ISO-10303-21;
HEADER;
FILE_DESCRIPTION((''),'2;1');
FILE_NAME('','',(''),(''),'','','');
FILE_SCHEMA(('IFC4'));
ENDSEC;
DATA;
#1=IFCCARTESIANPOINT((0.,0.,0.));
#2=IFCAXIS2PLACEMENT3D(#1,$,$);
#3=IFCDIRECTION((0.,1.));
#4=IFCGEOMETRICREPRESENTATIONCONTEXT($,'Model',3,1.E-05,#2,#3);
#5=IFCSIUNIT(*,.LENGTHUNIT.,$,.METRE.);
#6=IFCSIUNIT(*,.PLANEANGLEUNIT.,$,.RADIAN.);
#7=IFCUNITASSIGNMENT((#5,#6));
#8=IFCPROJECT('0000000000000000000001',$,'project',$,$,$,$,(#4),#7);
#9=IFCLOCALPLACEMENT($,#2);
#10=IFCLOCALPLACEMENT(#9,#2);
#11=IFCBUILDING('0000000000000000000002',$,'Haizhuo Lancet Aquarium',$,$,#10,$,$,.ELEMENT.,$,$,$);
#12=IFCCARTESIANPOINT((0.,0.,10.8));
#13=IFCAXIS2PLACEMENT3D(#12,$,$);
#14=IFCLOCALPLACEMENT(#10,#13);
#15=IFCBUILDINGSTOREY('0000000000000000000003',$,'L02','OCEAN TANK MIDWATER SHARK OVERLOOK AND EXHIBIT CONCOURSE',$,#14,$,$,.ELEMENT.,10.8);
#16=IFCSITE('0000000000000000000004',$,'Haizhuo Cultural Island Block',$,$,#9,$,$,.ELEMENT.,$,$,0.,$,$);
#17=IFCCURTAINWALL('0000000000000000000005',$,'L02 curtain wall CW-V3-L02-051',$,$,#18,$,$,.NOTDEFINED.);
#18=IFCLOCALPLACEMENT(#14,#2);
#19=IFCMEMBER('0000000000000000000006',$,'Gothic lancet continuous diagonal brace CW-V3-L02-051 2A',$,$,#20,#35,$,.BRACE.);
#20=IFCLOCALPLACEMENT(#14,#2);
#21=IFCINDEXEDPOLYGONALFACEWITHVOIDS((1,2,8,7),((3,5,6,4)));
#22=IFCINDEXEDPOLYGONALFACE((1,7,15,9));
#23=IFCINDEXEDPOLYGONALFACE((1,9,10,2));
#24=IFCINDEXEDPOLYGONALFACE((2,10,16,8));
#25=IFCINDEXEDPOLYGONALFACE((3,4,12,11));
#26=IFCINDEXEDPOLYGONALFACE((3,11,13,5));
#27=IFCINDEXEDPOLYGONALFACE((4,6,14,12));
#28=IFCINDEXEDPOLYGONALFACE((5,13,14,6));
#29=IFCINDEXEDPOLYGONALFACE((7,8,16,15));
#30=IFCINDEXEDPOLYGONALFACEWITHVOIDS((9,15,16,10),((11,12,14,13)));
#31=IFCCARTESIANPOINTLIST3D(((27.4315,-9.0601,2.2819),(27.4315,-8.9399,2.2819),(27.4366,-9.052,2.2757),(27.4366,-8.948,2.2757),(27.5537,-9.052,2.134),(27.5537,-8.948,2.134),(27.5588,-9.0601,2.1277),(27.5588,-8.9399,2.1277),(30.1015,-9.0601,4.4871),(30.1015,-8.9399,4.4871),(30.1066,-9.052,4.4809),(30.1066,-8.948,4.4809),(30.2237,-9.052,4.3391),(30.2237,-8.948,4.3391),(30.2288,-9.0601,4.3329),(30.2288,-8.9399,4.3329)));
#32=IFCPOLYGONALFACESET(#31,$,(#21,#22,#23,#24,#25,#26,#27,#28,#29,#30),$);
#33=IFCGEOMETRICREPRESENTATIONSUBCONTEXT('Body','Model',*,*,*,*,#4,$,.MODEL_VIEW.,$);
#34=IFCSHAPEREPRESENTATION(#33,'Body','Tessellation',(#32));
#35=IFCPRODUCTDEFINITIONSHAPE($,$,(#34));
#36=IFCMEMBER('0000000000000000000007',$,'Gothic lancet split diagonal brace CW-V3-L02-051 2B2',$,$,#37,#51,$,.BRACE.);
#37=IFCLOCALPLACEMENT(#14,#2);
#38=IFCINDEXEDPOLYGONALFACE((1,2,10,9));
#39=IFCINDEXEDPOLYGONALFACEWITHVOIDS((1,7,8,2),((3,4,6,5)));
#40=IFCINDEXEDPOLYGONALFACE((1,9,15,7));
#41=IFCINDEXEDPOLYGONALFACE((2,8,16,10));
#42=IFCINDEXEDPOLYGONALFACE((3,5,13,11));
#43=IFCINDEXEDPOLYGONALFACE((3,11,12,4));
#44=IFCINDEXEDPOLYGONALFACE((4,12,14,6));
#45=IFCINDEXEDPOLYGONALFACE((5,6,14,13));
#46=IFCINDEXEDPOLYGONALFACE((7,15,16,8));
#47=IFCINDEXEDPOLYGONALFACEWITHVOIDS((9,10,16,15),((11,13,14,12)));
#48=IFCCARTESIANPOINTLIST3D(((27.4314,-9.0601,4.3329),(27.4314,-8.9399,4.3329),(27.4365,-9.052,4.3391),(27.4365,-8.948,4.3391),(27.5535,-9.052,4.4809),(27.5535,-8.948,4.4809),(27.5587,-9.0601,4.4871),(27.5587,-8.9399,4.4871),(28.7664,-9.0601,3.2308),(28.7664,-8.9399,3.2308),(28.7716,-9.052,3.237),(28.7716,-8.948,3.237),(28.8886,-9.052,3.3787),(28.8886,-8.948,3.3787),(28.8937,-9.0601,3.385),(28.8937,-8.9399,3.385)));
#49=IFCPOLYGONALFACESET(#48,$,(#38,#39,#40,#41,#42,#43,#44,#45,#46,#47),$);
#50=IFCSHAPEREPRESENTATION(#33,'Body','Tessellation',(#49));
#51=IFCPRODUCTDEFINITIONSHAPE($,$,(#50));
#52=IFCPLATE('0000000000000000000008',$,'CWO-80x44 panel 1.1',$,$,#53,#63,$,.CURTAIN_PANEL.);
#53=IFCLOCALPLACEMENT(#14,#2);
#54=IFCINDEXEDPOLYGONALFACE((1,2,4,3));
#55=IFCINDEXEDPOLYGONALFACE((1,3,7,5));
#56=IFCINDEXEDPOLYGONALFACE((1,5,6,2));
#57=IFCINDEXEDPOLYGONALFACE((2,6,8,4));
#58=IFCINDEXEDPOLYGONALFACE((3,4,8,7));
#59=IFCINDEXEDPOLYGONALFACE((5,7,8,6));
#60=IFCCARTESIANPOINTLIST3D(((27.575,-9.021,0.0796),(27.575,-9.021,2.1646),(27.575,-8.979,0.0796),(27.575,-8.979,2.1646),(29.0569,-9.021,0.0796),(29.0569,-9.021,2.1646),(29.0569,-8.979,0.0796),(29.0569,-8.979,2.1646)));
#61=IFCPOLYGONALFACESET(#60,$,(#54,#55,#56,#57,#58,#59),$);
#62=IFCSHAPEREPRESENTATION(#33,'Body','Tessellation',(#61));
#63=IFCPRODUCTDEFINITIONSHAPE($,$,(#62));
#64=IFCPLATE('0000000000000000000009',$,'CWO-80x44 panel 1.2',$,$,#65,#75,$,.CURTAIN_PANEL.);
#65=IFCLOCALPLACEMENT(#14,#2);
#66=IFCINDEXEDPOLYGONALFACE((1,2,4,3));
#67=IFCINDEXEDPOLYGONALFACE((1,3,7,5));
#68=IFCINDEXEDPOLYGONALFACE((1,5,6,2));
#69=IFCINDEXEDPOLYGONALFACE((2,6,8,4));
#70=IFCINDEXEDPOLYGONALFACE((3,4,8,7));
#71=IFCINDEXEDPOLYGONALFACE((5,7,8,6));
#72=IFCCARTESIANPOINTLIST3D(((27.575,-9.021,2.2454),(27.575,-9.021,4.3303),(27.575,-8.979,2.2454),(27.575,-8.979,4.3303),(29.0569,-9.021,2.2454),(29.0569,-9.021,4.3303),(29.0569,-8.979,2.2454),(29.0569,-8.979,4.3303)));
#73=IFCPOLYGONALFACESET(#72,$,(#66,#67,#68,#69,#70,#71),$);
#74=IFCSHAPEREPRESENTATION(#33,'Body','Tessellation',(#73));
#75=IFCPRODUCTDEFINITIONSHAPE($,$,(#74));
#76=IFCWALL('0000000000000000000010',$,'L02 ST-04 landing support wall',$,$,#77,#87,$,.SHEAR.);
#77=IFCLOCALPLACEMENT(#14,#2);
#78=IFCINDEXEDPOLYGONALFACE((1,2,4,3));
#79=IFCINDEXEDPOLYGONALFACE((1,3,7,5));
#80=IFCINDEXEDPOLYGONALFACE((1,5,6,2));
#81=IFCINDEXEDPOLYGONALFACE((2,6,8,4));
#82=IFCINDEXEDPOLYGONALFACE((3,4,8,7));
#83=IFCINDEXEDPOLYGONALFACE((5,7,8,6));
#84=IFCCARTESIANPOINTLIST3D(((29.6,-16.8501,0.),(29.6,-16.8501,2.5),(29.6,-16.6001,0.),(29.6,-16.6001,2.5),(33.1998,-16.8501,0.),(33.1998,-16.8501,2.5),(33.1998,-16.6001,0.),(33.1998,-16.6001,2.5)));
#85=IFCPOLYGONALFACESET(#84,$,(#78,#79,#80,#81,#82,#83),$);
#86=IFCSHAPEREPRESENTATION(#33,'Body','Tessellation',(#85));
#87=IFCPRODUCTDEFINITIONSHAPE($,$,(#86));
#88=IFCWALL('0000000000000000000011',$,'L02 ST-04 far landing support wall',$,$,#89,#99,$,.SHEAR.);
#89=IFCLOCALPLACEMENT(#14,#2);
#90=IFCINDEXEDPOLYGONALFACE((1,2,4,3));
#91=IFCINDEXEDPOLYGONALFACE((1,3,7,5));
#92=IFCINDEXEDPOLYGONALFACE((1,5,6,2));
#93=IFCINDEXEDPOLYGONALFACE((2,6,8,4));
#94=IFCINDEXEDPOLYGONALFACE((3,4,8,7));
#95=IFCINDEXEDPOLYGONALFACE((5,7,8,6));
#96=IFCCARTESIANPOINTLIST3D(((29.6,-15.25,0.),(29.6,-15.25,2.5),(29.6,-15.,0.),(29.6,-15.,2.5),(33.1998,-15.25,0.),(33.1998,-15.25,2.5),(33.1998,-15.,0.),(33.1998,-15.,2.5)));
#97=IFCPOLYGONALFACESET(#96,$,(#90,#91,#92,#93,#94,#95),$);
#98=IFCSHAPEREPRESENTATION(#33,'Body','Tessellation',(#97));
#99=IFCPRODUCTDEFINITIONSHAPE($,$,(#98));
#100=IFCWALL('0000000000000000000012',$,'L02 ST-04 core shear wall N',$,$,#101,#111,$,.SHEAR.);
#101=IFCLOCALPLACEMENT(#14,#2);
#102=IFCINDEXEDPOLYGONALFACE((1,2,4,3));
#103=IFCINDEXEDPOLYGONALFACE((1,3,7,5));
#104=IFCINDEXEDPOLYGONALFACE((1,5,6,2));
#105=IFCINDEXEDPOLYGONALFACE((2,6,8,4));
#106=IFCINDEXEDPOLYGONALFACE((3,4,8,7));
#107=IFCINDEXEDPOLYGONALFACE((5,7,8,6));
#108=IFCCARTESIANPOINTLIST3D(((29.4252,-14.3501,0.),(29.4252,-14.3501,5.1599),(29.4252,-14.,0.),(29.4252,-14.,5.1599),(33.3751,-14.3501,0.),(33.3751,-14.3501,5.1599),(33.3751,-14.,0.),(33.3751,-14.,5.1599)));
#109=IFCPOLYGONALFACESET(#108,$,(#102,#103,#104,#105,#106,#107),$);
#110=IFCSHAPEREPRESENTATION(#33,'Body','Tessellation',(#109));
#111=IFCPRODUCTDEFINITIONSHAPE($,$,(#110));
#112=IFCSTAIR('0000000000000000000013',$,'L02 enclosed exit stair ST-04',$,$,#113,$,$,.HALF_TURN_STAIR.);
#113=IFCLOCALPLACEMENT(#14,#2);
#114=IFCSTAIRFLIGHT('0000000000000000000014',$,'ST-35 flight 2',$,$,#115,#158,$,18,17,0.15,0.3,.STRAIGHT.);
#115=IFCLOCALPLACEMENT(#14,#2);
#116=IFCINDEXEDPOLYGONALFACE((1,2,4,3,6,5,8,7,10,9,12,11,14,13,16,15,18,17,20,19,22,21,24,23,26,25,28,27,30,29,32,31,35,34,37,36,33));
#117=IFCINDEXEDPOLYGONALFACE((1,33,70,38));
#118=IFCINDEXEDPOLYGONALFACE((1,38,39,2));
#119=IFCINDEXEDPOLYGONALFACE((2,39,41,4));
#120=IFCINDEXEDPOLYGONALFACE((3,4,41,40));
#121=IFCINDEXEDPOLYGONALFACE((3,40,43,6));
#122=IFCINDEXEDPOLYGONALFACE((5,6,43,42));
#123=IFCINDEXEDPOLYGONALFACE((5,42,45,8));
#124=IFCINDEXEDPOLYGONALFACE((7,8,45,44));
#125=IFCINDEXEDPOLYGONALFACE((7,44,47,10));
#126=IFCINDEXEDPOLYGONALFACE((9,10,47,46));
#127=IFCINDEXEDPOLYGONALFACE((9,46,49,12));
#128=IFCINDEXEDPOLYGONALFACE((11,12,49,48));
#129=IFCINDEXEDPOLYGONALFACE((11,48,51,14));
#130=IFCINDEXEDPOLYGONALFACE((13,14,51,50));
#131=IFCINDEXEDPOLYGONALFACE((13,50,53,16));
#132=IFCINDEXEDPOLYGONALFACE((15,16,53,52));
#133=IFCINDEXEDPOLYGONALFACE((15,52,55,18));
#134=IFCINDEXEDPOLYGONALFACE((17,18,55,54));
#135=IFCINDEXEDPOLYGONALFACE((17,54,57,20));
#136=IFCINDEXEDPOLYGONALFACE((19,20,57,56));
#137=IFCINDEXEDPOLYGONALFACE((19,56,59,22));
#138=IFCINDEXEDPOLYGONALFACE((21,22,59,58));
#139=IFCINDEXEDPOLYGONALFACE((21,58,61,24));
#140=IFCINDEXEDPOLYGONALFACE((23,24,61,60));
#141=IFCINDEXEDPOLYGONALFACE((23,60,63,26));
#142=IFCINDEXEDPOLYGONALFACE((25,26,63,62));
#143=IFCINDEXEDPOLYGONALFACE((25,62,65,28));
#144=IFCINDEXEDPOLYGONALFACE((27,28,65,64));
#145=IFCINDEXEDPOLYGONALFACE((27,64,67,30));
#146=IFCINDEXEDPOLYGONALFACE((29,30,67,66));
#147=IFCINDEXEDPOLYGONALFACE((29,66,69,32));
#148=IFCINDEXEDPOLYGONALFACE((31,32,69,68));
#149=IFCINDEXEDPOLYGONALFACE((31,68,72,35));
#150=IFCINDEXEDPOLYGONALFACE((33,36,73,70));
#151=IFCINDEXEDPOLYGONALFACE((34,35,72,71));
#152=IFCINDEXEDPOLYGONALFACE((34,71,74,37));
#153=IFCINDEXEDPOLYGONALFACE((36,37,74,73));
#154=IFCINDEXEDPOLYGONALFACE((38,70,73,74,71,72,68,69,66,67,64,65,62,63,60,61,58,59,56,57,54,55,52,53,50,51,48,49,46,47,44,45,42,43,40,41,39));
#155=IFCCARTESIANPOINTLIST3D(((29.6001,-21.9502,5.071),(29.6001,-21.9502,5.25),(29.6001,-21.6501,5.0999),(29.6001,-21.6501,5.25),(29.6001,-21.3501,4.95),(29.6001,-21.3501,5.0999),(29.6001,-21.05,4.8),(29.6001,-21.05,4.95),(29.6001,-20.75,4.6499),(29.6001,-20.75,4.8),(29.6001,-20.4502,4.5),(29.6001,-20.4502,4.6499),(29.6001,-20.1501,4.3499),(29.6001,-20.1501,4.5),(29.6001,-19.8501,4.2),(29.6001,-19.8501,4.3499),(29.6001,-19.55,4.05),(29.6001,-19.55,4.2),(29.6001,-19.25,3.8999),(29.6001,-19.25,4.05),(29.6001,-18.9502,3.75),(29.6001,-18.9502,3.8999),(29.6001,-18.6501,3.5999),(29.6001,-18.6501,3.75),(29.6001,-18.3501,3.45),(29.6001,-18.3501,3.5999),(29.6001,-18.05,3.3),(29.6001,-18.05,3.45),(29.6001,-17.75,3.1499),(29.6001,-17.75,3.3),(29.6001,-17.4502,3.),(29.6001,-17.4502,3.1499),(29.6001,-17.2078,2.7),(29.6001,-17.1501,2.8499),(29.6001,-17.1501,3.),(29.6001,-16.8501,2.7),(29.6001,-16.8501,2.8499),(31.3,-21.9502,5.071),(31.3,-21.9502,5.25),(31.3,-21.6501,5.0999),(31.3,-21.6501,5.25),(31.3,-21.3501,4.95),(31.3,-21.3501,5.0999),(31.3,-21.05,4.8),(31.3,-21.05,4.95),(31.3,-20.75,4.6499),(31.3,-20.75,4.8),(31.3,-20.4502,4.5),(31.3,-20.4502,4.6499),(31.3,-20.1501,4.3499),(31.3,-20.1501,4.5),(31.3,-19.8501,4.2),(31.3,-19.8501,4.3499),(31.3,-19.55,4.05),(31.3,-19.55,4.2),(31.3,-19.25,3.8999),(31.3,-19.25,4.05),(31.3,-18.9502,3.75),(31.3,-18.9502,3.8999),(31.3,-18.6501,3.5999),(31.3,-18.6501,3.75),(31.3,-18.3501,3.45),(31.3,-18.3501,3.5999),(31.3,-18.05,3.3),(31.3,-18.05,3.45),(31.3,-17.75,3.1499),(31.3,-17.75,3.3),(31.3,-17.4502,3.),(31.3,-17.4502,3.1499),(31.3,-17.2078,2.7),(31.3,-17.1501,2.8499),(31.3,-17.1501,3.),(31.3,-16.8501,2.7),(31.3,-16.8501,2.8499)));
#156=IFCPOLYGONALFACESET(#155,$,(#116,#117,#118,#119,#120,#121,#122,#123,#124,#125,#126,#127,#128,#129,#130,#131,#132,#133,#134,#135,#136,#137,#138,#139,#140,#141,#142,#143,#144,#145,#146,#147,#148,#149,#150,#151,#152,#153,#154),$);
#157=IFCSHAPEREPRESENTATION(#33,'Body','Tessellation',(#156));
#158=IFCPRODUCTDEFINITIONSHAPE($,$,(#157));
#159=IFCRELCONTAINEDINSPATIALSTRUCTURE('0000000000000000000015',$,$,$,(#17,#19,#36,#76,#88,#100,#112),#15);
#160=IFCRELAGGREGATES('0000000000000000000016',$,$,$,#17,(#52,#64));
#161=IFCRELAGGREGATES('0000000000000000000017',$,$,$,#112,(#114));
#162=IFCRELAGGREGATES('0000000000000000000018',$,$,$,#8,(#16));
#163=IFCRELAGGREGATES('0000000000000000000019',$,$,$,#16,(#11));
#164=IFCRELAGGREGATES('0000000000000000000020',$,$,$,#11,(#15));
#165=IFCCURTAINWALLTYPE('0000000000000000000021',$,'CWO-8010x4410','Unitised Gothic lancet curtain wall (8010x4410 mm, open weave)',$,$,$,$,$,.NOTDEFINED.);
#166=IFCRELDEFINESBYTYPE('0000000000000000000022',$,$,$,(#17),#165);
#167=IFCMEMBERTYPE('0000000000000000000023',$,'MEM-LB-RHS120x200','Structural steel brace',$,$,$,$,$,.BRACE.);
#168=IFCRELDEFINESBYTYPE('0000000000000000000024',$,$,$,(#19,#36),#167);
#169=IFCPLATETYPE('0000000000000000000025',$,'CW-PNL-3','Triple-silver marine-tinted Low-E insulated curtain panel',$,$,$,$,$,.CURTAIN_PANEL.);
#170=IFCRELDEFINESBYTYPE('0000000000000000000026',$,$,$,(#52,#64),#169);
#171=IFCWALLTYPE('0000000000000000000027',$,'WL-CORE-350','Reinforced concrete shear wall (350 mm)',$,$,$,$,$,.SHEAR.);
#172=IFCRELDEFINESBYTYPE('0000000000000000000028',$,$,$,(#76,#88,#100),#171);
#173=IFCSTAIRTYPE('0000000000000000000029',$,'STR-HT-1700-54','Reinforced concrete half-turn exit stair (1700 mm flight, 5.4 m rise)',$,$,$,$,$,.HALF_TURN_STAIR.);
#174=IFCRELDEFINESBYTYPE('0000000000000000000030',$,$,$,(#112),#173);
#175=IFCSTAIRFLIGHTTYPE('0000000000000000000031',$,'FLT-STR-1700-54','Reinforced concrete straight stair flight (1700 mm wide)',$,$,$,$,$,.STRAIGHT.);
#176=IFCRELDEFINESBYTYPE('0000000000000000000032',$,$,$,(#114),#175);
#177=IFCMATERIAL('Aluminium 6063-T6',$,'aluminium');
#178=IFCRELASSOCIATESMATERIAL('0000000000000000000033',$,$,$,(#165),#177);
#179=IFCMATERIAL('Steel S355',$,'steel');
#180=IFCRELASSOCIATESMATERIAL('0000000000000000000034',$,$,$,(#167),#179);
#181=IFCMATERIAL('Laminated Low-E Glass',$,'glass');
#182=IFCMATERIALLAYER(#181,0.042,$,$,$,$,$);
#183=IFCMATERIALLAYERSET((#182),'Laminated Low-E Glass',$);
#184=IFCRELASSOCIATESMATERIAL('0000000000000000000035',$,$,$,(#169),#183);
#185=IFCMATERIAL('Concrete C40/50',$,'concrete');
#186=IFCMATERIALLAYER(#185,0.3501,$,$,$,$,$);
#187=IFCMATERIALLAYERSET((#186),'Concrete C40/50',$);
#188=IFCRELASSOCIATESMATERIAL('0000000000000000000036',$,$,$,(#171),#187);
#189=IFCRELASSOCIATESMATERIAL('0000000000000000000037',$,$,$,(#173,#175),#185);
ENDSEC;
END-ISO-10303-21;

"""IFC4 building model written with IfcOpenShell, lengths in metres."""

from ifc_helpers import new_model, si_unit, direction, frame, frame_2d, origin, origin_2d, place, context, subcontext, project, spatial, polyline, rectangle, hollow_rectangle, outline, extrude, material, layer, layer_set, material_profile, profile_set, type_object, element, aggregate, save


model = new_model("IFC4")

# Units and contexts
model_context = context("Model", 3, precision=1e-05, world=origin(), true_north=direction((0.0, 1.0)))
body_context = subcontext(model_context, "Body", "Model", "MODEL_VIEW")
ifc_project = project(units=[si_unit("LENGTHUNIT", "METRE"), si_unit("PLANEANGLEUNIT", "RADIAN")], contexts=[model_context])

# Site, building, storey
site_placement = place(None, origin())
site = spatial("IfcSite", under=ifc_project, at=site_placement, Name="Haizhuo Cultural Island Block", CompositionType="ELEMENT", RefElevation=0.0)
building_placement = place(site_placement, origin())
building = spatial("IfcBuilding", under=site, at=building_placement, Name="Haizhuo Lancet Aquarium", CompositionType="ELEMENT")
storey_placement = place(building_placement, frame((0.0, 0.0, 10.8)))
storey = spatial("IfcBuildingStorey", under=building, at=storey_placement, Name="L02", Description="OCEAN TANK MIDWATER SHARK OVERLOOK AND EXHIBIT CONCOURSE", CompositionType="ELEMENT", Elevation=10.8)

# Shared definitions
ifc_material_1 = material(Name="Concrete C40/50", Category="concrete")

# Curtain wall
ifc_material_2 = material(Name="Aluminium 6063-T6", Category="aluminium")
curtain_wall_type = type_object("IfcCurtainWallType", Name="CWO-8010x4410", Description="Unitised Gothic lancet curtain wall (8010x4410 mm, open weave)", PredefinedType="NOTDEFINED", material=ifc_material_2)
curtain_wall_placement = place(storey_placement, origin())
curtain_wall = element("IfcCurtainWall", 1, at=curtain_wall_placement, inside=storey, type_object=curtain_wall_type, Name="L02 curtain wall CW-V3-L02-051", PredefinedType="NOTDEFINED")

# Members
ifc_material_3 = material(Name="Steel S355", Category="steel")
ifc_material_profile_1 = material_profile(ifc_material_3, hollow_rectangle(XDim=0.1201, YDim=0.2, WallThickness=0.0081, at=origin_2d()), Name="RHS 120x200x8")
ifc_profile_set_1 = profile_set([ifc_material_profile_1], Name="Steel S355")
member_type_1 = type_object("IfcMemberType", Name="MEM-LB-RHS120x200", Description="Structural steel brace", PredefinedType="BRACE", material=ifc_profile_set_1)
member_1_placement = place(storey_placement, frame((27.4951, -9.0, 2.2048), z_axis=(0.771034, 0.0, 0.636794), x_axis=(0.0, 1.0, 0.0)))
element("IfcMember", 2, at=member_1_placement, inside=storey, type_object=member_type_1, Name="Gothic lancet continuous diagonal brace CW-V3-L02-051 2A", PredefinedType="BRACE", context=body_context, shape_type="SweptSolid", body=[
    extrude(hollow_rectangle(XDim=0.1201, YDim=0.2, WallThickness=0.0081, at=origin_2d()), origin(), (0.0, 0.0, 1.0), 3.4629),
])
member_2_placement = place(storey_placement, frame((28.8301, -9.0, 3.3079), z_axis=(-0.771172, 0.0, 0.636626), x_axis=(0.0, -1.0, 0.0)))
element("IfcMember", 3, at=member_2_placement, inside=storey, type_object=member_type_1, Name="Gothic lancet split diagonal brace CW-V3-L02-051 2B2", PredefinedType="BRACE", context=body_context, shape_type="SweptSolid", body=[
    extrude(hollow_rectangle(XDim=0.1201, YDim=0.2, WallThickness=0.0081, at=origin_2d()), origin(), (0.0, 0.0, 1.0), 1.7312),
])

# Plates
ifc_material_4 = material(Name="Laminated Low-E Glass", Category="glass")
ifc_layer_1 = layer(ifc_material_4, 0.042)
ifc_layer_set_1 = layer_set([ifc_layer_1], Name="Laminated Low-E Glass")
plate_type = type_object("IfcPlateType", Name="CW-PNL-3", Description="Triple-silver marine-tinted Low-E insulated curtain panel", PredefinedType="CURTAIN_PANEL", material=ifc_layer_set_1)
plate_1_placement = place(storey_placement, frame((28.3159, -9.0, 0.0796), z_axis=(0.0, 0.0, 1.0), x_axis=(1.0, 0.0, 0.0)))
plate_1 = element("IfcPlate", 4, at=plate_1_placement, type_object=plate_type, Name="CWO-80x44 panel 1.1", PredefinedType="CURTAIN_PANEL", context=body_context, shape_type="SweptSolid", body=[
    extrude(rectangle(XDim=1.4819, YDim=0.042, at=origin_2d()), origin(), (0.0, 0.0, 1.0), 2.085),
])
plate_2_placement = place(storey_placement, frame((28.3159, -9.0, 2.2454), z_axis=(0.0, 0.0, 1.0), x_axis=(1.0, 0.0, 0.0)))
plate_2 = element("IfcPlate", 5, at=plate_2_placement, type_object=plate_type, Name="CWO-80x44 panel 1.2", PredefinedType="CURTAIN_PANEL", context=body_context, shape_type="SweptSolid", body=[
    extrude(rectangle(XDim=1.4819, YDim=0.042, at=origin_2d()), origin(), (0.0, 0.0, 1.0), 2.085),
])
aggregate(curtain_wall, [plate_1, plate_2])

# Walls
ifc_layer_2 = layer(ifc_material_1, 0.3501)
ifc_layer_set_2 = layer_set([ifc_layer_2], Name="Concrete C40/50")
wall_type = type_object("IfcWallType", Name="WL-CORE-350", Description="Reinforced concrete shear wall (350 mm)", PredefinedType="SHEAR", material=ifc_layer_set_2)
for number, where, z_axis, x_axis, name in (
    (6, (29.6001, -16.7251, 0.0), (0.0, 0.0, 1.0), (1.0, 0.0, 0.0), "L02 ST-04 landing support wall"),
    (7, (29.6001, -15.125, 0.0), (0.0, 0.0, 1.0), (1.0, 0.0, 0.0), "L02 ST-04 far landing support wall"),
):
    element("IfcWall", number, at=place(storey_placement, frame(where, z_axis=z_axis, x_axis=x_axis)), inside=storey, type_object=wall_type, Name=name, PredefinedType="SHEAR", context=body_context, shape_type="SweptSolid", body=[
        extrude(rectangle(XDim=3.5999, YDim=0.25, at=frame_2d((1.7998, 0.0))), origin(), (0.0, 0.0, 1.0), 2.5),
    ])
wall_placement = place(storey_placement, frame((29.425, -14.175, 0.0), z_axis=(0.0, 0.0, 1.0), x_axis=(1.0, 0.0, 0.0)))
element("IfcWall", 8, at=wall_placement, inside=storey, type_object=wall_type, Name="L02 ST-04 core shear wall N", PredefinedType="SHEAR", context=body_context, shape_type="SweptSolid", body=[
    extrude(rectangle(XDim=3.95, YDim=0.3501, at=frame_2d((1.9751, 0.0))), origin(), (0.0, 0.0, 1.0), 5.1599),
])

# Stair, stair flight
stair_type = type_object("IfcStairType", Name="STR-HT-1700-54", Description="Reinforced concrete half-turn exit stair (1700 mm flight, 5.4 m rise)", PredefinedType="HALF_TURN_STAIR", material=ifc_material_1)
stair_placement = place(storey_placement, origin())
stair = element("IfcStair", 9, at=stair_placement, inside=storey, type_object=stair_type, Name="L02 enclosed exit stair ST-04", PredefinedType="HALF_TURN_STAIR")
stair_flight_type = type_object("IfcStairFlightType", Name="FLT-STR-1700-54", Description="Reinforced concrete straight stair flight (1700 mm wide)", PredefinedType="STRAIGHT", material=ifc_material_1)
stair_flight_placement = place(storey_placement, frame((30.45, -16.8501, 2.7), z_axis=(0.0, 0.0, 1.0), x_axis=(0.0, -1.0, 0.0)))
stair_flight = element("IfcStairFlight", 10, at=stair_flight_placement, type_object=stair_flight_type, Name="ST-35 flight 2", NumberOfRisers=18, NumberOfTreads=17, PredefinedType="STRAIGHT", RiserHeight=0.15, TreadLength=0.3, context=body_context, shape_type="SweptSolid", body=[
    extrude(outline(polyline([(0.0, 0.0), (0.0, 0.1499), (0.3, 0.1499), (0.3, 0.3), (0.6001, 0.3), (0.6001, 0.45), (0.8999, 0.45), (0.8999, 0.6001), (1.2, 0.6001), (1.2, 0.75), (1.5, 0.75), (1.5, 0.8999), (1.8, 0.8999), (1.8, 1.05), (2.1001, 1.05), (2.1001, 1.2), (2.3999, 1.2), (2.3999, 1.3501), (2.7, 1.3501), (2.7, 1.5), (3.0, 1.5), (3.0, 1.6499), (3.3, 1.6499), (3.3, 1.8), (3.6001, 1.8), (3.6001, 1.95), (3.8999, 1.95), (3.8999, 2.1001), (4.2, 2.1001), (4.2, 2.25), (4.5, 2.25), (4.5, 2.3999), (4.8, 2.3999), (4.8, 2.55), (5.1001, 2.55), (5.1001, 2.7), (5.1001, 2.3711), (0.3577, 0.0), (0.0, 0.0)])), frame((0.0, 0.8501, 0.0), z_axis=(0.0, -1.0, 0.0), x_axis=(1.0, 0.0, 0.0)), (0.0, 0.0, 1.0), 1.7),
])
aggregate(stair, [stair_flight])

save(model, "model.ifc")
